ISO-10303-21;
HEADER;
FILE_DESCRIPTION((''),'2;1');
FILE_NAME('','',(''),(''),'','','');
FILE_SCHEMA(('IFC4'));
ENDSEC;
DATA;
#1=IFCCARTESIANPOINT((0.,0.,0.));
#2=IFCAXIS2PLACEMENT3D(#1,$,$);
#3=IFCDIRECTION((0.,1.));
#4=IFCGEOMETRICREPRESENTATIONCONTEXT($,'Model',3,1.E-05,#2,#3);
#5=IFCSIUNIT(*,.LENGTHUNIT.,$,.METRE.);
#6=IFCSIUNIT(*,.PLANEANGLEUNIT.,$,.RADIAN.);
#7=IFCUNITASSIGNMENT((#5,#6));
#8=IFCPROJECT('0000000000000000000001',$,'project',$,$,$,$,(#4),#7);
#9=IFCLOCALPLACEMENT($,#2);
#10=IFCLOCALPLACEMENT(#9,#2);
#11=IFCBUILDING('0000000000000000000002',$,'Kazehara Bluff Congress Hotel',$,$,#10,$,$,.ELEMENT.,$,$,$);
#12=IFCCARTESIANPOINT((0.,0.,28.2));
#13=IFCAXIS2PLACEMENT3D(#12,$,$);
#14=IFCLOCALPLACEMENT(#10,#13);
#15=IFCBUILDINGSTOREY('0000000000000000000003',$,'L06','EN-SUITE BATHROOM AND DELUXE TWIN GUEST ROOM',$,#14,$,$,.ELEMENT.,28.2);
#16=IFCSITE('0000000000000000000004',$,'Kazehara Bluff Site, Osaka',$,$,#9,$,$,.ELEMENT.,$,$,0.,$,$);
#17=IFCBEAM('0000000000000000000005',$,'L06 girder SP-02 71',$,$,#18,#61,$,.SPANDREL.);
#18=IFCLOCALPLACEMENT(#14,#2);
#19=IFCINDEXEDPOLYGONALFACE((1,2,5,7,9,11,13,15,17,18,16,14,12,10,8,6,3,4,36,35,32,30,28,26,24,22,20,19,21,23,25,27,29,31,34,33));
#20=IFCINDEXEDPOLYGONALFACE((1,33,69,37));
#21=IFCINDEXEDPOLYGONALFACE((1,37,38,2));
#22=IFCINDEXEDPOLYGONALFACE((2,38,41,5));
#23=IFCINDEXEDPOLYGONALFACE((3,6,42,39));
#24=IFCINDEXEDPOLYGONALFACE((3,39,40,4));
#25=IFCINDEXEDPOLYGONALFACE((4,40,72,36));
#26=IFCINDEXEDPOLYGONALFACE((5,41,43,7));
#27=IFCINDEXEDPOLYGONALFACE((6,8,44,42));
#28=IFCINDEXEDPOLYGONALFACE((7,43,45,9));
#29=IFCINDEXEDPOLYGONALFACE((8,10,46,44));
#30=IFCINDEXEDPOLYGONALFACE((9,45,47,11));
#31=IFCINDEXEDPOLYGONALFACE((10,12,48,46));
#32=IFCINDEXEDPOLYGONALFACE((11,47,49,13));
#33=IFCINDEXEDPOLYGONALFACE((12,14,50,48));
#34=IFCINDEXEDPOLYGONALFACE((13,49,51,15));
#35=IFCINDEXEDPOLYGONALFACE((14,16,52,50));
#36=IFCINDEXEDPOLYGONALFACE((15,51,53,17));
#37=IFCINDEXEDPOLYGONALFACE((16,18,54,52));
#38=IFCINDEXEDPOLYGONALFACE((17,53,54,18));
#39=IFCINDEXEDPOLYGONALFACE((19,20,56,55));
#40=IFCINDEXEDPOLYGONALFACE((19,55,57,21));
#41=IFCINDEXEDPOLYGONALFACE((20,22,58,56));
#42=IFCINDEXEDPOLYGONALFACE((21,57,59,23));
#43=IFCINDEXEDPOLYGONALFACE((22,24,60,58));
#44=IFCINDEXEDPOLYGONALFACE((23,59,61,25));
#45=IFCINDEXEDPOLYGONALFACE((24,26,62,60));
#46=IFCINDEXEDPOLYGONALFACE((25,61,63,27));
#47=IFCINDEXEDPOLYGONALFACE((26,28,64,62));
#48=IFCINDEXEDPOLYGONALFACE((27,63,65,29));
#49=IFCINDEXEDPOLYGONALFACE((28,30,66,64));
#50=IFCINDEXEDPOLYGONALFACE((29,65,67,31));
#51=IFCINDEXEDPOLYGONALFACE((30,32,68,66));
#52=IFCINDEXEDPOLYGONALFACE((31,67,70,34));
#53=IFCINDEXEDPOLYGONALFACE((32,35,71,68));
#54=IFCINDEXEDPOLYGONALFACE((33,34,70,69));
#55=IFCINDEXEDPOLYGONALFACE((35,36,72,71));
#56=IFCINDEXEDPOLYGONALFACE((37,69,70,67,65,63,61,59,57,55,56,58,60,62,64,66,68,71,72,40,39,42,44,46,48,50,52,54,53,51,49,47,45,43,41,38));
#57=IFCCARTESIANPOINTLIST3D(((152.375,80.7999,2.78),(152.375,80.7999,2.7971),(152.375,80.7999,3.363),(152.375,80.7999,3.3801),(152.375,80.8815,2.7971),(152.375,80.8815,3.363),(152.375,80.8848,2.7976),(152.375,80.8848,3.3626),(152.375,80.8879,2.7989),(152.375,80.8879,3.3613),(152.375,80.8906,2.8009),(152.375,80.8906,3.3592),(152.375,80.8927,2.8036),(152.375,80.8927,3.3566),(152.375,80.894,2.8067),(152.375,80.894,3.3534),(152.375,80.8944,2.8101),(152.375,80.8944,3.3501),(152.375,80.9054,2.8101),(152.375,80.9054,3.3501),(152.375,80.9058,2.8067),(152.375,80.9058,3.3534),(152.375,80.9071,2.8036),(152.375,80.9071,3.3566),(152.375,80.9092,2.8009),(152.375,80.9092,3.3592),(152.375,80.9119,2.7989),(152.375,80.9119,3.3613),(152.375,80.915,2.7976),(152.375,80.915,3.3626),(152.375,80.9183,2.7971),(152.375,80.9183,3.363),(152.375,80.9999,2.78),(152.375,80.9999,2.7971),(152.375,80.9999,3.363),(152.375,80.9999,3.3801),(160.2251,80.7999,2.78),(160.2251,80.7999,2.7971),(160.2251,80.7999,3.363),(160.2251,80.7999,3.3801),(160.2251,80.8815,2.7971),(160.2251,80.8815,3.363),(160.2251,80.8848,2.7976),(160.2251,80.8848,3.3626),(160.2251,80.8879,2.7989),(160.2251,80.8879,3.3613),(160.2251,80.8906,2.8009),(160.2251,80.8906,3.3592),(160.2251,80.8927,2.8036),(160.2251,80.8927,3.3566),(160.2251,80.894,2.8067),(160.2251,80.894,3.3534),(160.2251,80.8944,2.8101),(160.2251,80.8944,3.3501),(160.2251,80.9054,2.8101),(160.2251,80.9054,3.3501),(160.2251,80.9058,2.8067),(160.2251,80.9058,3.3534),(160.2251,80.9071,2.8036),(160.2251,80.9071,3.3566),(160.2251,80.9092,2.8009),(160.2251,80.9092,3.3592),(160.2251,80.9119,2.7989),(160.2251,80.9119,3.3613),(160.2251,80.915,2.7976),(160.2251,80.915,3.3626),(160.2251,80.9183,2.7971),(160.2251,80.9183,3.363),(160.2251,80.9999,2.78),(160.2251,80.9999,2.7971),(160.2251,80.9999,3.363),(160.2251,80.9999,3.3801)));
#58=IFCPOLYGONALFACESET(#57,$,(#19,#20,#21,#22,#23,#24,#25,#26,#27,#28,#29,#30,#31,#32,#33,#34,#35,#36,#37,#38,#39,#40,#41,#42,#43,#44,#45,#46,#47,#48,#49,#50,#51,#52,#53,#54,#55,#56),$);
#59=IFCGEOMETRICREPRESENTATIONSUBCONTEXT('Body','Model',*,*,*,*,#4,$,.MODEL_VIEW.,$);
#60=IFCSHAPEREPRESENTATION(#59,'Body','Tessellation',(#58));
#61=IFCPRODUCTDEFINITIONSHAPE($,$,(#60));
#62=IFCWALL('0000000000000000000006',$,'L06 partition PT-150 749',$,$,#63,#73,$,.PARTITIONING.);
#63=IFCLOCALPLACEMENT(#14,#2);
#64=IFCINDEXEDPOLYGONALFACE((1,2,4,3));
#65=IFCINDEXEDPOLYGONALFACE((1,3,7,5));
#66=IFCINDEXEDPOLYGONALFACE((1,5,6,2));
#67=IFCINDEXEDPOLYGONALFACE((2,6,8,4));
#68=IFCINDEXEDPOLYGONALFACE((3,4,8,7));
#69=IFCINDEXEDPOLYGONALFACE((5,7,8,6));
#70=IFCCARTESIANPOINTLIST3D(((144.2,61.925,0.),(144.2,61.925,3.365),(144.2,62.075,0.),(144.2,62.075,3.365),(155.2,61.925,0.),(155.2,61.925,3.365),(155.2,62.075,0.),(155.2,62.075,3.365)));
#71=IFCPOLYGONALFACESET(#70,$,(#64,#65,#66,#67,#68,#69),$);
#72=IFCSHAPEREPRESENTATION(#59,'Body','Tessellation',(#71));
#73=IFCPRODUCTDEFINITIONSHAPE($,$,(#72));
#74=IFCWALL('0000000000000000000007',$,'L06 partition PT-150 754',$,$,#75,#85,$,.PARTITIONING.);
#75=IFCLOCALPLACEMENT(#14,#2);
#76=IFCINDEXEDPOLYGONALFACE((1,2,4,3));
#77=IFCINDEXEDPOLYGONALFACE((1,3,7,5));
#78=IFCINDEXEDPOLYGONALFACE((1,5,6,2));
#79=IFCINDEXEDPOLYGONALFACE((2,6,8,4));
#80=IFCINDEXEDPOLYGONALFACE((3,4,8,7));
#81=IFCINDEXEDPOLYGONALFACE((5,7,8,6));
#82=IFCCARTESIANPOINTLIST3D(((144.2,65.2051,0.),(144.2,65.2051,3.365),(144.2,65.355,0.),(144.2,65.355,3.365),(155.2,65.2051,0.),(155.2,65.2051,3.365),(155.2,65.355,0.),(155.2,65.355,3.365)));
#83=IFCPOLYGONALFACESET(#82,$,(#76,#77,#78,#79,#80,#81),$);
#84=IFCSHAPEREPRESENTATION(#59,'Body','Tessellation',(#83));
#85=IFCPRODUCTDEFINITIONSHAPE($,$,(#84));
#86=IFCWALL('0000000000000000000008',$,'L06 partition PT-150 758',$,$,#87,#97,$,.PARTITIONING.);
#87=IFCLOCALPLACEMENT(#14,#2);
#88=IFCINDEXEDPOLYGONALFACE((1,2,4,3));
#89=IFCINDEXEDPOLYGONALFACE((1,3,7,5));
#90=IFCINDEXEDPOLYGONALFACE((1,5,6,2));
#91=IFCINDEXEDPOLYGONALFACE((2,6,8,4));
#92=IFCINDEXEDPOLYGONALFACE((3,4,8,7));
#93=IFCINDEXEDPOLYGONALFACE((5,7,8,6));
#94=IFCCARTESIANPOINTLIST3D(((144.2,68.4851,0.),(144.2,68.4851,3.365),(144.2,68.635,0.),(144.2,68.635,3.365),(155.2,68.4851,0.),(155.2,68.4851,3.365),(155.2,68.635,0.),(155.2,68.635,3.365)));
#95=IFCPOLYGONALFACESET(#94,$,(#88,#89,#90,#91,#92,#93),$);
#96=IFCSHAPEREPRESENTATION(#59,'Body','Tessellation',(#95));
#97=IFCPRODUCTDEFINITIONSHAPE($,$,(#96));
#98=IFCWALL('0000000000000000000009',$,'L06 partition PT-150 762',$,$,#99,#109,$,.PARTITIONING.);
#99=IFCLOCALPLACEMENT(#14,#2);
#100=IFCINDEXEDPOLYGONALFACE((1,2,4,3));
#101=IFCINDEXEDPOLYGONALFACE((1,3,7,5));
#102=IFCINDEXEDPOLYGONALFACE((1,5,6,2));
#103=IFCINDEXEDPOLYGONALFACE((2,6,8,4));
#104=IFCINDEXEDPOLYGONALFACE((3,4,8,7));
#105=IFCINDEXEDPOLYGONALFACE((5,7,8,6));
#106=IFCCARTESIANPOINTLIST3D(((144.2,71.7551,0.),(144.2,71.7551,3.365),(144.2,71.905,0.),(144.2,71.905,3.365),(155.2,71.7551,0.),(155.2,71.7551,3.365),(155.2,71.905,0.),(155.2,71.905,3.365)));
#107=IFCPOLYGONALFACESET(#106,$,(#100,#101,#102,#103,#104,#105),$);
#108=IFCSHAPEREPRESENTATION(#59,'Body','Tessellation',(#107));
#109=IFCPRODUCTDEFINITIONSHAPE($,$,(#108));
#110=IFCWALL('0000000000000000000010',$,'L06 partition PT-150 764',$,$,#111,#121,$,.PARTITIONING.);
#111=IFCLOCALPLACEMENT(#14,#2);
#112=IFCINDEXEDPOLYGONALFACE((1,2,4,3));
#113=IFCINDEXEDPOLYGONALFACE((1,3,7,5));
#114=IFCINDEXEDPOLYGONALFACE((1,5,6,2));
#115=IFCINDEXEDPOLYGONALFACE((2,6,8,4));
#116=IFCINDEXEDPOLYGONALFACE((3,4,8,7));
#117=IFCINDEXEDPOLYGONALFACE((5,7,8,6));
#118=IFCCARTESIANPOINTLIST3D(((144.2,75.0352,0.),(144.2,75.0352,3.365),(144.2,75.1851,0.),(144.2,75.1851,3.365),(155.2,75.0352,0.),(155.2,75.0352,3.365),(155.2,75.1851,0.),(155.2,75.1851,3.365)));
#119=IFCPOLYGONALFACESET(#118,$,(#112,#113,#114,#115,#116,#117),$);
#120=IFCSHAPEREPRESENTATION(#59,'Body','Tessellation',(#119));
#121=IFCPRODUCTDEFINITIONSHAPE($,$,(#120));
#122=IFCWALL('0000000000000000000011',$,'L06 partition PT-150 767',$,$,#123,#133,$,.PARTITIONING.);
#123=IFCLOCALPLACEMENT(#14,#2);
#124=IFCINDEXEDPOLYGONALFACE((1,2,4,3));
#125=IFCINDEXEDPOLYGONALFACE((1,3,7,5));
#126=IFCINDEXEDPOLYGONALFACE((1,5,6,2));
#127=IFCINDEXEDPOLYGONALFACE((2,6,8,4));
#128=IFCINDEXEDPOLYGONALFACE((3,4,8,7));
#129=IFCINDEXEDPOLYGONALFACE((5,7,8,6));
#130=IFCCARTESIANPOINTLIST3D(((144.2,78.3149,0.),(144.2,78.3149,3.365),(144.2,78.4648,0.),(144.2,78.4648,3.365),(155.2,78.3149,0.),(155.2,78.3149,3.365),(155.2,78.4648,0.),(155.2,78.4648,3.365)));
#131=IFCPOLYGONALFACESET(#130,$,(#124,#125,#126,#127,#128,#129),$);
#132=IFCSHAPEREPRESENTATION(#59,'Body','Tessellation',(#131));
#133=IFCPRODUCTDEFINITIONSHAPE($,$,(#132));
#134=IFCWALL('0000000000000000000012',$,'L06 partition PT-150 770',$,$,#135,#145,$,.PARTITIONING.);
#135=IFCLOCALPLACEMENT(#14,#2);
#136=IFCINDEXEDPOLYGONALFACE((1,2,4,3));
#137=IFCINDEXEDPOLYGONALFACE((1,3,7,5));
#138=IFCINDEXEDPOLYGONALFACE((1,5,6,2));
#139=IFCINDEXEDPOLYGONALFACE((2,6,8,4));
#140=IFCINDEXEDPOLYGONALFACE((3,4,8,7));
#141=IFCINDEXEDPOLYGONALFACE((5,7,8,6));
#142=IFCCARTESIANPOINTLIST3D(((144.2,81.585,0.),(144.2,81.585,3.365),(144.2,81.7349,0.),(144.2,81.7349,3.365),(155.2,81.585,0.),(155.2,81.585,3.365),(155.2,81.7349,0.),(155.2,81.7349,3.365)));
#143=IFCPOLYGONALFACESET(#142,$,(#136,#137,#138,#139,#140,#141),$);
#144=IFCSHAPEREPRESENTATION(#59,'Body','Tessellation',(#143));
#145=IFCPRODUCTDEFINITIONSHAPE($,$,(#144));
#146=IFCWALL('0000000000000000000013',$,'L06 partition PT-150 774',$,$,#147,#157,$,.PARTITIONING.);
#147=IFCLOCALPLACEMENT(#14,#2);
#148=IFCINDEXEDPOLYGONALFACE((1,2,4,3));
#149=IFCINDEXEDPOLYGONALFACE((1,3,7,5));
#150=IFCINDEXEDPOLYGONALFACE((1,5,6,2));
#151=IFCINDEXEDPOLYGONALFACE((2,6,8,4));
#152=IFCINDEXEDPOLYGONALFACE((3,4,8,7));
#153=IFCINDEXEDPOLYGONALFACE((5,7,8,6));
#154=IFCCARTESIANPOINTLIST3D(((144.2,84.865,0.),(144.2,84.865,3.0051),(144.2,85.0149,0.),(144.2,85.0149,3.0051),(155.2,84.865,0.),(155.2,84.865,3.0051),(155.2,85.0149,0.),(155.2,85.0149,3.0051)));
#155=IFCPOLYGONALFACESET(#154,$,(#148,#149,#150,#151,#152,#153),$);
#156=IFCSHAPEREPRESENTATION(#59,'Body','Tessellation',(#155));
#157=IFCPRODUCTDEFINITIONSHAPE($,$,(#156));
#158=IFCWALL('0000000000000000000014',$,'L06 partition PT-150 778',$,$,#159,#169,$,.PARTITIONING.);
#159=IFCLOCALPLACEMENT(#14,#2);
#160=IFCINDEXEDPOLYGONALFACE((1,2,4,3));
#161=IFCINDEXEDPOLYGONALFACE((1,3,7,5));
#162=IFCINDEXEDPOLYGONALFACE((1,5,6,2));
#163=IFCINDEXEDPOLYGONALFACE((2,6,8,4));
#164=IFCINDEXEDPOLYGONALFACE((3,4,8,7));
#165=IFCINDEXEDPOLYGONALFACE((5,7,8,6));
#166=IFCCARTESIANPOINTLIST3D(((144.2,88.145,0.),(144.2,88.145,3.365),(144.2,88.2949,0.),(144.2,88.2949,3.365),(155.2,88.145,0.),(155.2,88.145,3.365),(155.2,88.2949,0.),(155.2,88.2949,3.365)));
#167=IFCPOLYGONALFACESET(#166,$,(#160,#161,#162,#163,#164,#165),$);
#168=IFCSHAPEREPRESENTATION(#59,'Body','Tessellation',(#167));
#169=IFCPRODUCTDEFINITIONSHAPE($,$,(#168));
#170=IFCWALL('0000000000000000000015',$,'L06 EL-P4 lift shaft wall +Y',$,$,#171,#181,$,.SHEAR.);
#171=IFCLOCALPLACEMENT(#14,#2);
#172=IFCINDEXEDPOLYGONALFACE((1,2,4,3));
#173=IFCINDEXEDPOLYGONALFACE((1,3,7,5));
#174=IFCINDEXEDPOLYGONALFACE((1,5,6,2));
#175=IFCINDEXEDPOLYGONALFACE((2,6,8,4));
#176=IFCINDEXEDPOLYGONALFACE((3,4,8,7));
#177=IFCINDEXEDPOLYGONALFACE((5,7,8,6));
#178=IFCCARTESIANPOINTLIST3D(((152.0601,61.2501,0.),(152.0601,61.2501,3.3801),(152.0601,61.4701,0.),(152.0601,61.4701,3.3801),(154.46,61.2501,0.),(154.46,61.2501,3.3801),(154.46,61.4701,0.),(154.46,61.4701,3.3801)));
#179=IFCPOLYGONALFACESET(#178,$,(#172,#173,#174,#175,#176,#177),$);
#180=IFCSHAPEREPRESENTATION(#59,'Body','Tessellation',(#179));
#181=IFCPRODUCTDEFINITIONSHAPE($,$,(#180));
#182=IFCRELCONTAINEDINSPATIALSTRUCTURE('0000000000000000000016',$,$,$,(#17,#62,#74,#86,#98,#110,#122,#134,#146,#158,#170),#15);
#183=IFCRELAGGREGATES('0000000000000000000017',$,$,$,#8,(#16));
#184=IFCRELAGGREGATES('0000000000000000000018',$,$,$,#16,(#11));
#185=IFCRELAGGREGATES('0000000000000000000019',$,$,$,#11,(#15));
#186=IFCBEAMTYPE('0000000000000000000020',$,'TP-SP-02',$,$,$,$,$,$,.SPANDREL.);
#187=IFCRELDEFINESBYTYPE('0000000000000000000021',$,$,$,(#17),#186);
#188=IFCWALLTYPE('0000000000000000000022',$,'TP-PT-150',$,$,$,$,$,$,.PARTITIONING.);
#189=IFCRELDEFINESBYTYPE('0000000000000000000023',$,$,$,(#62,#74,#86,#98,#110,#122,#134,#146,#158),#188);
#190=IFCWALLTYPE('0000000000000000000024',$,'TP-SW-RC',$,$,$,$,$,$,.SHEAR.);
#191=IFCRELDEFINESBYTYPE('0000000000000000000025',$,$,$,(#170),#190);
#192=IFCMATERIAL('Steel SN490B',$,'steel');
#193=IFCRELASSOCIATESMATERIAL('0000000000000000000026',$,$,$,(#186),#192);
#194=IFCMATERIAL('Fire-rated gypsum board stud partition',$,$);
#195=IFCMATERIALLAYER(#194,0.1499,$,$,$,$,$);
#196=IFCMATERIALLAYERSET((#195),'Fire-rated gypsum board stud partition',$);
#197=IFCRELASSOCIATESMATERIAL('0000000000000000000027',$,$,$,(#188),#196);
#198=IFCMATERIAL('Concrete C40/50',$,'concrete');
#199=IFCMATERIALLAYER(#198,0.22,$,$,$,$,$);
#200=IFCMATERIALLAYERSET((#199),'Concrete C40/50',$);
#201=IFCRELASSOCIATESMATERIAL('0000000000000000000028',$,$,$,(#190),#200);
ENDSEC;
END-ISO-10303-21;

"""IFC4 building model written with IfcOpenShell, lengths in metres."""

from ifc_helpers import new_model, si_unit, direction, frame, frame_2d, origin, origin_2d, place, context, subcontext, project, spatial, rectangle, i_section, extrude, material, layer, layer_set, material_profile, profile_set, type_object, element, save


model = new_model("IFC4")

# Units and contexts
model_context = context("Model", 3, precision=1e-05, world=origin(), true_north=direction((0.0, 1.0)))
body_context = subcontext(model_context, "Body", "Model", "MODEL_VIEW")
ifc_project = project(units=[si_unit("LENGTHUNIT", "METRE"), si_unit("PLANEANGLEUNIT", "RADIAN")], contexts=[model_context])

# Site, building, storey
site_placement = place(None, origin())
site = spatial("IfcSite", under=ifc_project, at=site_placement, Name="Kazehara Bluff Site, Osaka", CompositionType="ELEMENT", RefElevation=0.0)
building_placement = place(site_placement, origin())
building = spatial("IfcBuilding", under=site, at=building_placement, Name="Kazehara Bluff Congress Hotel", CompositionType="ELEMENT")
storey_placement = place(building_placement, frame((0.0, 0.0, 28.2)))
storey = spatial("IfcBuildingStorey", under=building, at=storey_placement, Name="L06", Description="EN-SUITE BATHROOM AND DELUXE TWIN GUEST ROOM", CompositionType="ELEMENT", Elevation=28.2)

# Beam
ifc_material_1 = material(Name="Steel SN490B", Category="steel")
ifc_material_profile_1 = material_profile(ifc_material_1, i_section(OverallWidth=0.2, OverallDepth=0.6001, WebThickness=0.011, FlangeThickness=0.0171, FilletRadius=0.0129, at=origin_2d()))
ifc_profile_set_1 = profile_set([ifc_material_profile_1], Name="Steel SN490B")
beam_type_1 = type_object("IfcBeamType", Name="TP-SP-02", PredefinedType="SPANDREL", material=ifc_profile_set_1)
beam_1_placement = place(storey_placement, frame((152.375, 80.8999, 3.0801), z_axis=(1.0, 0.0, 0.0), x_axis=(0.0, 1.0, 0.0)))
element("IfcBeam", 1, at=beam_1_placement, inside=storey, type_object=beam_type_1, Name="L06 girder SP-02 71", PredefinedType="SPANDREL", context=body_context, shape_type="SweptSolid", body=[
    extrude(i_section(OverallWidth=0.2, OverallDepth=0.6001, WebThickness=0.011, FlangeThickness=0.0171, FilletRadius=0.0129, at=origin_2d()), origin(), (0.0, 0.0, 1.0), 7.8501),
])

# Walls
ifc_material_2 = material(Name="Fire-rated gypsum board stud partition")
ifc_layer_1 = layer(ifc_material_2, 0.1499)
ifc_layer_set_1 = layer_set([ifc_layer_1], Name="Fire-rated gypsum board stud partition")
wall_type_1 = type_object("IfcWallType", Name="TP-PT-150", PredefinedType="PARTITIONING", material=ifc_layer_set_1)
for number, where, z_axis, x_axis, name in (
    (2, (144.2, 62.0, 0.0), (0.0, 0.0, 1.0), (1.0, 0.0, 0.0), "L06 partition PT-150 749"),
    (3, (144.2, 65.28, 0.0), (0.0, 0.0, 1.0), (1.0, 0.0, 0.0), "L06 partition PT-150 754"),
    (4, (144.2, 68.5601, 0.0), (0.0, 0.0, 1.0), (1.0, 0.0, 0.0), "L06 partition PT-150 758"),
    (5, (144.2, 71.8301, 0.0), (0.0, 0.0, 1.0), (1.0, 0.0, 0.0), "L06 partition PT-150 762"),
    (6, (144.2, 75.1101, 0.0), (0.0, 0.0, 1.0), (1.0, 0.0, 0.0), "L06 partition PT-150 764"),
    (7, (144.2, 78.3899, 0.0), (0.0, 0.0, 1.0), (1.0, 0.0, 0.0), "L06 partition PT-150 767"),
    (8, (144.2, 81.6599, 0.0), (0.0, 0.0, 1.0), (1.0, 0.0, 0.0), "L06 partition PT-150 770"),
):
    element("IfcWall", number, at=place(storey_placement, frame(where, z_axis=z_axis, x_axis=x_axis)), inside=storey, type_object=wall_type_1, Name=name, PredefinedType="PARTITIONING", context=body_context, shape_type="SweptSolid", body=[
        extrude(rectangle(XDim=11.0, YDim=0.1499, at=frame_2d((5.5, 0.0))), origin(), (0.0, 0.0, 1.0), 3.365),
    ])
wall_1_placement = place(storey_placement, frame((144.2, 84.9399, 0.0), z_axis=(0.0, 0.0, 1.0), x_axis=(1.0, 0.0, 0.0)))
element("IfcWall", 9, at=wall_1_placement, inside=storey, type_object=wall_type_1, Name="L06 partition PT-150 774", PredefinedType="PARTITIONING", context=body_context, shape_type="SweptSolid", body=[
    extrude(rectangle(XDim=11.0, YDim=0.1499, at=frame_2d((5.5, 0.0))), origin(), (0.0, 0.0, 1.0), 3.0051),
])
wall_2_placement = place(storey_placement, frame((144.2, 88.22, 0.0), z_axis=(0.0, 0.0, 1.0), x_axis=(1.0, 0.0, 0.0)))
element("IfcWall", 10, at=wall_2_placement, inside=storey, type_object=wall_type_1, Name="L06 partition PT-150 778", PredefinedType="PARTITIONING", context=body_context, shape_type="SweptSolid", body=[
    extrude(rectangle(XDim=11.0, YDim=0.1499, at=frame_2d((5.5, 0.0))), origin(), (0.0, 0.0, 1.0), 3.365),
])
ifc_material_3 = material(Name="Concrete C40/50", Category="concrete")
ifc_layer_2 = layer(ifc_material_3, 0.22)
ifc_layer_set_2 = layer_set([ifc_layer_2], Name="Concrete C40/50")
wall_type_2 = type_object("IfcWallType", Name="TP-SW-RC", PredefinedType="SHEAR", material=ifc_layer_set_2)
wall_3_placement = place(storey_placement, frame((152.0601, 61.3601, 0.0), z_axis=(0.0, 0.0, 1.0), x_axis=(1.0, 0.0, 0.0)))
element("IfcWall", 11, at=wall_3_placement, inside=storey, type_object=wall_type_2, Name="L06 EL-P4 lift shaft wall +Y", PredefinedType="SHEAR", context=body_context, shape_type="SweptSolid", body=[
    extrude(rectangle(XDim=2.3999, YDim=0.22, at=frame_2d((1.2, 0.0))), origin(), (0.0, 0.0, 1.0), 3.3801),
])

save(model, "model.ifc")
